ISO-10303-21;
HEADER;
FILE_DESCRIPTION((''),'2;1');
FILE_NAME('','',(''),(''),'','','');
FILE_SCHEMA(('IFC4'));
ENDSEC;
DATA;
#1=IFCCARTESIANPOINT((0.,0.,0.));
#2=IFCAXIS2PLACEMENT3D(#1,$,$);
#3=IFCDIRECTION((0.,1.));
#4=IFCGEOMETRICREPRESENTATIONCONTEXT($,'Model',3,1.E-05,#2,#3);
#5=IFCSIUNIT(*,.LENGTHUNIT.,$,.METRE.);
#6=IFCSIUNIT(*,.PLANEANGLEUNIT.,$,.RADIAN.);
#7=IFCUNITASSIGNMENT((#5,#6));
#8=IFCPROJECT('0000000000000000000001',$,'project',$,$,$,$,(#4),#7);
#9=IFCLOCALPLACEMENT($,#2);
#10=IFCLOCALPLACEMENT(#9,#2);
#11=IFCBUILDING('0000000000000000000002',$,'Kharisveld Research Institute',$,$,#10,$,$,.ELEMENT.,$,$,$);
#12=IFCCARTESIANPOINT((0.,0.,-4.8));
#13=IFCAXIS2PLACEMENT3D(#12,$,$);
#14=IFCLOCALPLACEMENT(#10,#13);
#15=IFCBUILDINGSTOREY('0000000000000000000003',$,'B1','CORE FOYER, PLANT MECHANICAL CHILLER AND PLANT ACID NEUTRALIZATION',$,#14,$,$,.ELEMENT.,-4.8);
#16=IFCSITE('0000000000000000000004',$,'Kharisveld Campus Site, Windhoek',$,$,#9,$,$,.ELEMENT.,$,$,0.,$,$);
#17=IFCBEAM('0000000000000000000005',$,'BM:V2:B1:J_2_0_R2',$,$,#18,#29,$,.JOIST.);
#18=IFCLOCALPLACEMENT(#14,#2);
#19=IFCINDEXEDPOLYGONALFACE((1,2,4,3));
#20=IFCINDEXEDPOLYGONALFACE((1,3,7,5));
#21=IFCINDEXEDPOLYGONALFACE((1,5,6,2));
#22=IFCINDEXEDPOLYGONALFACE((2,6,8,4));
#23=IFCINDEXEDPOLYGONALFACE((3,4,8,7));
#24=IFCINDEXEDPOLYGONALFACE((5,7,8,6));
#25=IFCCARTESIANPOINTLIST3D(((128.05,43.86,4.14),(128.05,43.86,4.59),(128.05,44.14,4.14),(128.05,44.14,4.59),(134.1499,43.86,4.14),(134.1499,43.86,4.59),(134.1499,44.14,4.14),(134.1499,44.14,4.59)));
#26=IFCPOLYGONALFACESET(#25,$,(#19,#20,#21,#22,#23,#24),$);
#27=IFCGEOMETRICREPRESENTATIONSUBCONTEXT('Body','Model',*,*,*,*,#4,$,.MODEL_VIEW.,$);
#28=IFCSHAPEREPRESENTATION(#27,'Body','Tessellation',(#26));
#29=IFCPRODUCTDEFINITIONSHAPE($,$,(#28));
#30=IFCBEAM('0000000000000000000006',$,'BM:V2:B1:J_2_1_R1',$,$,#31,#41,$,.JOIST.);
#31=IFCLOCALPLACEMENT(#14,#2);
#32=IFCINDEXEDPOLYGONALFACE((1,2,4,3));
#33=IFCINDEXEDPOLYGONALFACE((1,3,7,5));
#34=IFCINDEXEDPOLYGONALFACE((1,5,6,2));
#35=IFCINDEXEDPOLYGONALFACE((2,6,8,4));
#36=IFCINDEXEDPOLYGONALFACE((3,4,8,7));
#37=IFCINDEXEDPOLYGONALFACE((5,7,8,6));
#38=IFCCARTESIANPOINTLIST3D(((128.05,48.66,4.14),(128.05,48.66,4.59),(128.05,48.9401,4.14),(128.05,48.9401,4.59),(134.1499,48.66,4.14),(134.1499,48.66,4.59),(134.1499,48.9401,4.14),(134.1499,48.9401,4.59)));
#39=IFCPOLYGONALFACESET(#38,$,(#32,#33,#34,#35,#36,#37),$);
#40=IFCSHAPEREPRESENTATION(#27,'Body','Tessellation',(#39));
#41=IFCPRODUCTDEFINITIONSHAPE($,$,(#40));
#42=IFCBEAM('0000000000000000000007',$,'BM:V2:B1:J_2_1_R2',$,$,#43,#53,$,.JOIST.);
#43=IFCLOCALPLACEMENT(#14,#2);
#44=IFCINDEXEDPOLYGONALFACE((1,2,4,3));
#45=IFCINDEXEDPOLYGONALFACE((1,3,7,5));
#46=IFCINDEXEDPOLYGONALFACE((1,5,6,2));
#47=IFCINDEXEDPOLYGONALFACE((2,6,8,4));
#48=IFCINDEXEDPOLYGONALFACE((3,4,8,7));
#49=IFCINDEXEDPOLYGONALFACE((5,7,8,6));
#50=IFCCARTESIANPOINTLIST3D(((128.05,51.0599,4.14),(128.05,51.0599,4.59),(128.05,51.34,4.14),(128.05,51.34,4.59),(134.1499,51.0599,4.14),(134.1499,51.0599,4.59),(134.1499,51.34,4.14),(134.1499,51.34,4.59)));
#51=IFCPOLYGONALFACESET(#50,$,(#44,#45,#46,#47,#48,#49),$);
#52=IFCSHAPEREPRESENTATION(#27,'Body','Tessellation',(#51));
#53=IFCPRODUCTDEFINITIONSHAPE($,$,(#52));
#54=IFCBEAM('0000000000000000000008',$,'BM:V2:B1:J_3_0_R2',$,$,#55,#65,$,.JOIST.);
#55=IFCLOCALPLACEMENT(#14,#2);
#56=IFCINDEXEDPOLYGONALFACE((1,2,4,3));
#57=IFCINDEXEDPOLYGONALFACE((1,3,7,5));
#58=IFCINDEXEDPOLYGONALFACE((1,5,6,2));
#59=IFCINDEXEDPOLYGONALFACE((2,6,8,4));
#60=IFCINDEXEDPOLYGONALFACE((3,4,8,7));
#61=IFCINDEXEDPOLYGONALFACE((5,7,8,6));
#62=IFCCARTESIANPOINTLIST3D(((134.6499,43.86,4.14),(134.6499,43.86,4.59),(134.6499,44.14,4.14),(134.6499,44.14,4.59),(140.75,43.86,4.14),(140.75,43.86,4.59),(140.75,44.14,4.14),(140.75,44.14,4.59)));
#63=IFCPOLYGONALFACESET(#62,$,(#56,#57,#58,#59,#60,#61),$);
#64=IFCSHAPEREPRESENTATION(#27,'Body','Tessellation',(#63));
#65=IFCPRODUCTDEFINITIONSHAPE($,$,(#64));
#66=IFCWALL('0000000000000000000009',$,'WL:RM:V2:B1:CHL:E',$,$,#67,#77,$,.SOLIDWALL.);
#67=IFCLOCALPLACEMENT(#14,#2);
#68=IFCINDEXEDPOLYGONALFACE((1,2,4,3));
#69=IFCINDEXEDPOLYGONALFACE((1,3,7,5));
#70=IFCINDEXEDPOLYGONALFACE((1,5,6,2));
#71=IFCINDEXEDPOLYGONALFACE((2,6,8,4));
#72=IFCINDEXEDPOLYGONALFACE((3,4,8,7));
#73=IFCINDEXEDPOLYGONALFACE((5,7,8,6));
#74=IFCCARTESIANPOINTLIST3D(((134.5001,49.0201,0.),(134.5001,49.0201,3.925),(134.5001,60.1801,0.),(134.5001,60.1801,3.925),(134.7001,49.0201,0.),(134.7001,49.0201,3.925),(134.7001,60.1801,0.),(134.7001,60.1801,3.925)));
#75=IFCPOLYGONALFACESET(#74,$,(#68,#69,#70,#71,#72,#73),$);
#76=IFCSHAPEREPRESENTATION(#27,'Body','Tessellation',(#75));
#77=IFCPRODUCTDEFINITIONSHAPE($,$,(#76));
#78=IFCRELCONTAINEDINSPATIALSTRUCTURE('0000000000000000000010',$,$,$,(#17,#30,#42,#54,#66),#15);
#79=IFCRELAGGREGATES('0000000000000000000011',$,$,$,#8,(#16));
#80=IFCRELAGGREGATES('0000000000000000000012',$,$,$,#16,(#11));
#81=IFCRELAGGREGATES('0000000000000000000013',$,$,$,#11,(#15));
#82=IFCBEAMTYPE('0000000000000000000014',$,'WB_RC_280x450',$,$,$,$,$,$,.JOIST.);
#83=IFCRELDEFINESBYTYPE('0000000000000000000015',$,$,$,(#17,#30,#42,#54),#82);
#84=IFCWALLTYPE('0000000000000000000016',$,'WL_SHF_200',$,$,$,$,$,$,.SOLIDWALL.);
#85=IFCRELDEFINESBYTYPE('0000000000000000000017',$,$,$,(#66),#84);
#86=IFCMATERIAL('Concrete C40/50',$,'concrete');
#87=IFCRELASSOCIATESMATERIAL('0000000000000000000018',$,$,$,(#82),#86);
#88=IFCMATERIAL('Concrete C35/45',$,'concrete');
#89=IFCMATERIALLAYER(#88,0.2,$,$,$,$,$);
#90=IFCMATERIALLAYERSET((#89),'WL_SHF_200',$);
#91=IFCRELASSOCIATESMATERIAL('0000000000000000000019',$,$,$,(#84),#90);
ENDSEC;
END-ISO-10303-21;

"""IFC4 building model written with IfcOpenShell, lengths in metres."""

from ifc_helpers import new_model, si_unit, direction, frame, frame_2d, origin, origin_2d, place, context, subcontext, project, spatial, rectangle, extrude, material, layer, layer_set, material_profile, profile_set, type_object, element, save


model = new_model("IFC4")

# Units and contexts
model_context = context("Model", 3, precision=1e-05, world=origin(), true_north=direction((0.0, 1.0)))
body_context = subcontext(model_context, "Body", "Model", "MODEL_VIEW")
ifc_project = project(units=[si_unit("LENGTHUNIT", "METRE"), si_unit("PLANEANGLEUNIT", "RADIAN")], contexts=[model_context])

# Site, building, storey
site_placement = place(None, origin())
site = spatial("IfcSite", under=ifc_project, at=site_placement, Name="Kharisveld Campus Site, Windhoek", CompositionType="ELEMENT", RefElevation=0.0)
building_placement = place(site_placement, origin())
building = spatial("IfcBuilding", under=site, at=building_placement, Name="Kharisveld Research Institute", CompositionType="ELEMENT")
storey_placement = place(building_placement, frame((0.0, 0.0, -4.8)))
storey = spatial("IfcBuildingStorey", under=building, at=storey_placement, Name="B1", Description="CORE FOYER, PLANT MECHANICAL CHILLER AND PLANT ACID NEUTRALIZATION", CompositionType="ELEMENT", Elevation=-4.8)

# Beams
ifc_material_1 = material(Name="Concrete C40/50", Category="concrete")
ifc_material_profile_1 = material_profile(ifc_material_1, rectangle(XDim=0.28, YDim=0.45, at=origin_2d()))
ifc_profile_set_1 = profile_set([ifc_material_profile_1], Name="Concrete C40/50")
beam_type_1 = type_object("IfcBeamType", Name="WB_RC_280x450", PredefinedType="JOIST", material=ifc_profile_set_1)
for number, where, z_axis, x_axis, name in (
    (1, (128.05, 44.0, 4.365), (1.0, 0.0, 0.0), (0.0, 1.0, 0.0), "BM:V2:B1:J_2_0_R2"),
    (2, (128.05, 48.8, 4.365), (1.0, 0.0, 0.0), (0.0, 1.0, 0.0), "BM:V2:B1:J_2_1_R1"),
    (3, (128.05, 51.2, 4.365), (1.0, 0.0, 0.0), (0.0, 1.0, 0.0), "BM:V2:B1:J_2_1_R2"),
):
    element("IfcBeam", number, at=place(storey_placement, frame(where, z_axis=z_axis, x_axis=x_axis)), inside=storey, type_object=beam_type_1, Name=name, PredefinedType="JOIST", context=body_context, shape_type="SweptSolid", body=[
        extrude(rectangle(XDim=0.28, YDim=0.45, at=origin_2d()), origin(), (0.0, 0.0, 1.0), 6.0999),
    ])
beam_1_placement = place(storey_placement, frame((134.6499, 44.0, 4.365), z_axis=(1.0, 0.0, 0.0), x_axis=(0.0, 1.0, 0.0)))
element("IfcBeam", 4, at=beam_1_placement, inside=storey, type_object=beam_type_1, Name="BM:V2:B1:J_3_0_R2", PredefinedType="JOIST", context=body_context, shape_type="SweptSolid", body=[
    extrude(rectangle(XDim=0.28, YDim=0.45, at=origin_2d()), origin(), (0.0, 0.0, 1.0), 6.1001),
])

# Wall
ifc_material_2 = material(Name="Concrete C35/45", Category="concrete")
ifc_layer_1 = layer(ifc_material_2, 0.2)
ifc_layer_set_1 = layer_set([ifc_layer_1], Name="WL_SHF_200")
wall_type_1 = type_object("IfcWallType", Name="WL_SHF_200", PredefinedType="SOLIDWALL", material=ifc_layer_set_1)
wall_1_placement = place(storey_placement, frame((134.6001, 49.02, 0.0), z_axis=(0.0, 0.0, 1.0), x_axis=(0.0, 1.0, 0.0)))
element("IfcWall", 5, at=wall_1_placement, inside=storey, type_object=wall_type_1, Name="WL:RM:V2:B1:CHL:E", PredefinedType="SOLIDWALL", context=body_context, shape_type="SweptSolid", body=[
    extrude(rectangle(XDim=11.1599, YDim=0.2, at=frame_2d((5.5801, 0.0))), origin(), (0.0, 0.0, 1.0), 3.925),
])

save(model, "model.ifc")
